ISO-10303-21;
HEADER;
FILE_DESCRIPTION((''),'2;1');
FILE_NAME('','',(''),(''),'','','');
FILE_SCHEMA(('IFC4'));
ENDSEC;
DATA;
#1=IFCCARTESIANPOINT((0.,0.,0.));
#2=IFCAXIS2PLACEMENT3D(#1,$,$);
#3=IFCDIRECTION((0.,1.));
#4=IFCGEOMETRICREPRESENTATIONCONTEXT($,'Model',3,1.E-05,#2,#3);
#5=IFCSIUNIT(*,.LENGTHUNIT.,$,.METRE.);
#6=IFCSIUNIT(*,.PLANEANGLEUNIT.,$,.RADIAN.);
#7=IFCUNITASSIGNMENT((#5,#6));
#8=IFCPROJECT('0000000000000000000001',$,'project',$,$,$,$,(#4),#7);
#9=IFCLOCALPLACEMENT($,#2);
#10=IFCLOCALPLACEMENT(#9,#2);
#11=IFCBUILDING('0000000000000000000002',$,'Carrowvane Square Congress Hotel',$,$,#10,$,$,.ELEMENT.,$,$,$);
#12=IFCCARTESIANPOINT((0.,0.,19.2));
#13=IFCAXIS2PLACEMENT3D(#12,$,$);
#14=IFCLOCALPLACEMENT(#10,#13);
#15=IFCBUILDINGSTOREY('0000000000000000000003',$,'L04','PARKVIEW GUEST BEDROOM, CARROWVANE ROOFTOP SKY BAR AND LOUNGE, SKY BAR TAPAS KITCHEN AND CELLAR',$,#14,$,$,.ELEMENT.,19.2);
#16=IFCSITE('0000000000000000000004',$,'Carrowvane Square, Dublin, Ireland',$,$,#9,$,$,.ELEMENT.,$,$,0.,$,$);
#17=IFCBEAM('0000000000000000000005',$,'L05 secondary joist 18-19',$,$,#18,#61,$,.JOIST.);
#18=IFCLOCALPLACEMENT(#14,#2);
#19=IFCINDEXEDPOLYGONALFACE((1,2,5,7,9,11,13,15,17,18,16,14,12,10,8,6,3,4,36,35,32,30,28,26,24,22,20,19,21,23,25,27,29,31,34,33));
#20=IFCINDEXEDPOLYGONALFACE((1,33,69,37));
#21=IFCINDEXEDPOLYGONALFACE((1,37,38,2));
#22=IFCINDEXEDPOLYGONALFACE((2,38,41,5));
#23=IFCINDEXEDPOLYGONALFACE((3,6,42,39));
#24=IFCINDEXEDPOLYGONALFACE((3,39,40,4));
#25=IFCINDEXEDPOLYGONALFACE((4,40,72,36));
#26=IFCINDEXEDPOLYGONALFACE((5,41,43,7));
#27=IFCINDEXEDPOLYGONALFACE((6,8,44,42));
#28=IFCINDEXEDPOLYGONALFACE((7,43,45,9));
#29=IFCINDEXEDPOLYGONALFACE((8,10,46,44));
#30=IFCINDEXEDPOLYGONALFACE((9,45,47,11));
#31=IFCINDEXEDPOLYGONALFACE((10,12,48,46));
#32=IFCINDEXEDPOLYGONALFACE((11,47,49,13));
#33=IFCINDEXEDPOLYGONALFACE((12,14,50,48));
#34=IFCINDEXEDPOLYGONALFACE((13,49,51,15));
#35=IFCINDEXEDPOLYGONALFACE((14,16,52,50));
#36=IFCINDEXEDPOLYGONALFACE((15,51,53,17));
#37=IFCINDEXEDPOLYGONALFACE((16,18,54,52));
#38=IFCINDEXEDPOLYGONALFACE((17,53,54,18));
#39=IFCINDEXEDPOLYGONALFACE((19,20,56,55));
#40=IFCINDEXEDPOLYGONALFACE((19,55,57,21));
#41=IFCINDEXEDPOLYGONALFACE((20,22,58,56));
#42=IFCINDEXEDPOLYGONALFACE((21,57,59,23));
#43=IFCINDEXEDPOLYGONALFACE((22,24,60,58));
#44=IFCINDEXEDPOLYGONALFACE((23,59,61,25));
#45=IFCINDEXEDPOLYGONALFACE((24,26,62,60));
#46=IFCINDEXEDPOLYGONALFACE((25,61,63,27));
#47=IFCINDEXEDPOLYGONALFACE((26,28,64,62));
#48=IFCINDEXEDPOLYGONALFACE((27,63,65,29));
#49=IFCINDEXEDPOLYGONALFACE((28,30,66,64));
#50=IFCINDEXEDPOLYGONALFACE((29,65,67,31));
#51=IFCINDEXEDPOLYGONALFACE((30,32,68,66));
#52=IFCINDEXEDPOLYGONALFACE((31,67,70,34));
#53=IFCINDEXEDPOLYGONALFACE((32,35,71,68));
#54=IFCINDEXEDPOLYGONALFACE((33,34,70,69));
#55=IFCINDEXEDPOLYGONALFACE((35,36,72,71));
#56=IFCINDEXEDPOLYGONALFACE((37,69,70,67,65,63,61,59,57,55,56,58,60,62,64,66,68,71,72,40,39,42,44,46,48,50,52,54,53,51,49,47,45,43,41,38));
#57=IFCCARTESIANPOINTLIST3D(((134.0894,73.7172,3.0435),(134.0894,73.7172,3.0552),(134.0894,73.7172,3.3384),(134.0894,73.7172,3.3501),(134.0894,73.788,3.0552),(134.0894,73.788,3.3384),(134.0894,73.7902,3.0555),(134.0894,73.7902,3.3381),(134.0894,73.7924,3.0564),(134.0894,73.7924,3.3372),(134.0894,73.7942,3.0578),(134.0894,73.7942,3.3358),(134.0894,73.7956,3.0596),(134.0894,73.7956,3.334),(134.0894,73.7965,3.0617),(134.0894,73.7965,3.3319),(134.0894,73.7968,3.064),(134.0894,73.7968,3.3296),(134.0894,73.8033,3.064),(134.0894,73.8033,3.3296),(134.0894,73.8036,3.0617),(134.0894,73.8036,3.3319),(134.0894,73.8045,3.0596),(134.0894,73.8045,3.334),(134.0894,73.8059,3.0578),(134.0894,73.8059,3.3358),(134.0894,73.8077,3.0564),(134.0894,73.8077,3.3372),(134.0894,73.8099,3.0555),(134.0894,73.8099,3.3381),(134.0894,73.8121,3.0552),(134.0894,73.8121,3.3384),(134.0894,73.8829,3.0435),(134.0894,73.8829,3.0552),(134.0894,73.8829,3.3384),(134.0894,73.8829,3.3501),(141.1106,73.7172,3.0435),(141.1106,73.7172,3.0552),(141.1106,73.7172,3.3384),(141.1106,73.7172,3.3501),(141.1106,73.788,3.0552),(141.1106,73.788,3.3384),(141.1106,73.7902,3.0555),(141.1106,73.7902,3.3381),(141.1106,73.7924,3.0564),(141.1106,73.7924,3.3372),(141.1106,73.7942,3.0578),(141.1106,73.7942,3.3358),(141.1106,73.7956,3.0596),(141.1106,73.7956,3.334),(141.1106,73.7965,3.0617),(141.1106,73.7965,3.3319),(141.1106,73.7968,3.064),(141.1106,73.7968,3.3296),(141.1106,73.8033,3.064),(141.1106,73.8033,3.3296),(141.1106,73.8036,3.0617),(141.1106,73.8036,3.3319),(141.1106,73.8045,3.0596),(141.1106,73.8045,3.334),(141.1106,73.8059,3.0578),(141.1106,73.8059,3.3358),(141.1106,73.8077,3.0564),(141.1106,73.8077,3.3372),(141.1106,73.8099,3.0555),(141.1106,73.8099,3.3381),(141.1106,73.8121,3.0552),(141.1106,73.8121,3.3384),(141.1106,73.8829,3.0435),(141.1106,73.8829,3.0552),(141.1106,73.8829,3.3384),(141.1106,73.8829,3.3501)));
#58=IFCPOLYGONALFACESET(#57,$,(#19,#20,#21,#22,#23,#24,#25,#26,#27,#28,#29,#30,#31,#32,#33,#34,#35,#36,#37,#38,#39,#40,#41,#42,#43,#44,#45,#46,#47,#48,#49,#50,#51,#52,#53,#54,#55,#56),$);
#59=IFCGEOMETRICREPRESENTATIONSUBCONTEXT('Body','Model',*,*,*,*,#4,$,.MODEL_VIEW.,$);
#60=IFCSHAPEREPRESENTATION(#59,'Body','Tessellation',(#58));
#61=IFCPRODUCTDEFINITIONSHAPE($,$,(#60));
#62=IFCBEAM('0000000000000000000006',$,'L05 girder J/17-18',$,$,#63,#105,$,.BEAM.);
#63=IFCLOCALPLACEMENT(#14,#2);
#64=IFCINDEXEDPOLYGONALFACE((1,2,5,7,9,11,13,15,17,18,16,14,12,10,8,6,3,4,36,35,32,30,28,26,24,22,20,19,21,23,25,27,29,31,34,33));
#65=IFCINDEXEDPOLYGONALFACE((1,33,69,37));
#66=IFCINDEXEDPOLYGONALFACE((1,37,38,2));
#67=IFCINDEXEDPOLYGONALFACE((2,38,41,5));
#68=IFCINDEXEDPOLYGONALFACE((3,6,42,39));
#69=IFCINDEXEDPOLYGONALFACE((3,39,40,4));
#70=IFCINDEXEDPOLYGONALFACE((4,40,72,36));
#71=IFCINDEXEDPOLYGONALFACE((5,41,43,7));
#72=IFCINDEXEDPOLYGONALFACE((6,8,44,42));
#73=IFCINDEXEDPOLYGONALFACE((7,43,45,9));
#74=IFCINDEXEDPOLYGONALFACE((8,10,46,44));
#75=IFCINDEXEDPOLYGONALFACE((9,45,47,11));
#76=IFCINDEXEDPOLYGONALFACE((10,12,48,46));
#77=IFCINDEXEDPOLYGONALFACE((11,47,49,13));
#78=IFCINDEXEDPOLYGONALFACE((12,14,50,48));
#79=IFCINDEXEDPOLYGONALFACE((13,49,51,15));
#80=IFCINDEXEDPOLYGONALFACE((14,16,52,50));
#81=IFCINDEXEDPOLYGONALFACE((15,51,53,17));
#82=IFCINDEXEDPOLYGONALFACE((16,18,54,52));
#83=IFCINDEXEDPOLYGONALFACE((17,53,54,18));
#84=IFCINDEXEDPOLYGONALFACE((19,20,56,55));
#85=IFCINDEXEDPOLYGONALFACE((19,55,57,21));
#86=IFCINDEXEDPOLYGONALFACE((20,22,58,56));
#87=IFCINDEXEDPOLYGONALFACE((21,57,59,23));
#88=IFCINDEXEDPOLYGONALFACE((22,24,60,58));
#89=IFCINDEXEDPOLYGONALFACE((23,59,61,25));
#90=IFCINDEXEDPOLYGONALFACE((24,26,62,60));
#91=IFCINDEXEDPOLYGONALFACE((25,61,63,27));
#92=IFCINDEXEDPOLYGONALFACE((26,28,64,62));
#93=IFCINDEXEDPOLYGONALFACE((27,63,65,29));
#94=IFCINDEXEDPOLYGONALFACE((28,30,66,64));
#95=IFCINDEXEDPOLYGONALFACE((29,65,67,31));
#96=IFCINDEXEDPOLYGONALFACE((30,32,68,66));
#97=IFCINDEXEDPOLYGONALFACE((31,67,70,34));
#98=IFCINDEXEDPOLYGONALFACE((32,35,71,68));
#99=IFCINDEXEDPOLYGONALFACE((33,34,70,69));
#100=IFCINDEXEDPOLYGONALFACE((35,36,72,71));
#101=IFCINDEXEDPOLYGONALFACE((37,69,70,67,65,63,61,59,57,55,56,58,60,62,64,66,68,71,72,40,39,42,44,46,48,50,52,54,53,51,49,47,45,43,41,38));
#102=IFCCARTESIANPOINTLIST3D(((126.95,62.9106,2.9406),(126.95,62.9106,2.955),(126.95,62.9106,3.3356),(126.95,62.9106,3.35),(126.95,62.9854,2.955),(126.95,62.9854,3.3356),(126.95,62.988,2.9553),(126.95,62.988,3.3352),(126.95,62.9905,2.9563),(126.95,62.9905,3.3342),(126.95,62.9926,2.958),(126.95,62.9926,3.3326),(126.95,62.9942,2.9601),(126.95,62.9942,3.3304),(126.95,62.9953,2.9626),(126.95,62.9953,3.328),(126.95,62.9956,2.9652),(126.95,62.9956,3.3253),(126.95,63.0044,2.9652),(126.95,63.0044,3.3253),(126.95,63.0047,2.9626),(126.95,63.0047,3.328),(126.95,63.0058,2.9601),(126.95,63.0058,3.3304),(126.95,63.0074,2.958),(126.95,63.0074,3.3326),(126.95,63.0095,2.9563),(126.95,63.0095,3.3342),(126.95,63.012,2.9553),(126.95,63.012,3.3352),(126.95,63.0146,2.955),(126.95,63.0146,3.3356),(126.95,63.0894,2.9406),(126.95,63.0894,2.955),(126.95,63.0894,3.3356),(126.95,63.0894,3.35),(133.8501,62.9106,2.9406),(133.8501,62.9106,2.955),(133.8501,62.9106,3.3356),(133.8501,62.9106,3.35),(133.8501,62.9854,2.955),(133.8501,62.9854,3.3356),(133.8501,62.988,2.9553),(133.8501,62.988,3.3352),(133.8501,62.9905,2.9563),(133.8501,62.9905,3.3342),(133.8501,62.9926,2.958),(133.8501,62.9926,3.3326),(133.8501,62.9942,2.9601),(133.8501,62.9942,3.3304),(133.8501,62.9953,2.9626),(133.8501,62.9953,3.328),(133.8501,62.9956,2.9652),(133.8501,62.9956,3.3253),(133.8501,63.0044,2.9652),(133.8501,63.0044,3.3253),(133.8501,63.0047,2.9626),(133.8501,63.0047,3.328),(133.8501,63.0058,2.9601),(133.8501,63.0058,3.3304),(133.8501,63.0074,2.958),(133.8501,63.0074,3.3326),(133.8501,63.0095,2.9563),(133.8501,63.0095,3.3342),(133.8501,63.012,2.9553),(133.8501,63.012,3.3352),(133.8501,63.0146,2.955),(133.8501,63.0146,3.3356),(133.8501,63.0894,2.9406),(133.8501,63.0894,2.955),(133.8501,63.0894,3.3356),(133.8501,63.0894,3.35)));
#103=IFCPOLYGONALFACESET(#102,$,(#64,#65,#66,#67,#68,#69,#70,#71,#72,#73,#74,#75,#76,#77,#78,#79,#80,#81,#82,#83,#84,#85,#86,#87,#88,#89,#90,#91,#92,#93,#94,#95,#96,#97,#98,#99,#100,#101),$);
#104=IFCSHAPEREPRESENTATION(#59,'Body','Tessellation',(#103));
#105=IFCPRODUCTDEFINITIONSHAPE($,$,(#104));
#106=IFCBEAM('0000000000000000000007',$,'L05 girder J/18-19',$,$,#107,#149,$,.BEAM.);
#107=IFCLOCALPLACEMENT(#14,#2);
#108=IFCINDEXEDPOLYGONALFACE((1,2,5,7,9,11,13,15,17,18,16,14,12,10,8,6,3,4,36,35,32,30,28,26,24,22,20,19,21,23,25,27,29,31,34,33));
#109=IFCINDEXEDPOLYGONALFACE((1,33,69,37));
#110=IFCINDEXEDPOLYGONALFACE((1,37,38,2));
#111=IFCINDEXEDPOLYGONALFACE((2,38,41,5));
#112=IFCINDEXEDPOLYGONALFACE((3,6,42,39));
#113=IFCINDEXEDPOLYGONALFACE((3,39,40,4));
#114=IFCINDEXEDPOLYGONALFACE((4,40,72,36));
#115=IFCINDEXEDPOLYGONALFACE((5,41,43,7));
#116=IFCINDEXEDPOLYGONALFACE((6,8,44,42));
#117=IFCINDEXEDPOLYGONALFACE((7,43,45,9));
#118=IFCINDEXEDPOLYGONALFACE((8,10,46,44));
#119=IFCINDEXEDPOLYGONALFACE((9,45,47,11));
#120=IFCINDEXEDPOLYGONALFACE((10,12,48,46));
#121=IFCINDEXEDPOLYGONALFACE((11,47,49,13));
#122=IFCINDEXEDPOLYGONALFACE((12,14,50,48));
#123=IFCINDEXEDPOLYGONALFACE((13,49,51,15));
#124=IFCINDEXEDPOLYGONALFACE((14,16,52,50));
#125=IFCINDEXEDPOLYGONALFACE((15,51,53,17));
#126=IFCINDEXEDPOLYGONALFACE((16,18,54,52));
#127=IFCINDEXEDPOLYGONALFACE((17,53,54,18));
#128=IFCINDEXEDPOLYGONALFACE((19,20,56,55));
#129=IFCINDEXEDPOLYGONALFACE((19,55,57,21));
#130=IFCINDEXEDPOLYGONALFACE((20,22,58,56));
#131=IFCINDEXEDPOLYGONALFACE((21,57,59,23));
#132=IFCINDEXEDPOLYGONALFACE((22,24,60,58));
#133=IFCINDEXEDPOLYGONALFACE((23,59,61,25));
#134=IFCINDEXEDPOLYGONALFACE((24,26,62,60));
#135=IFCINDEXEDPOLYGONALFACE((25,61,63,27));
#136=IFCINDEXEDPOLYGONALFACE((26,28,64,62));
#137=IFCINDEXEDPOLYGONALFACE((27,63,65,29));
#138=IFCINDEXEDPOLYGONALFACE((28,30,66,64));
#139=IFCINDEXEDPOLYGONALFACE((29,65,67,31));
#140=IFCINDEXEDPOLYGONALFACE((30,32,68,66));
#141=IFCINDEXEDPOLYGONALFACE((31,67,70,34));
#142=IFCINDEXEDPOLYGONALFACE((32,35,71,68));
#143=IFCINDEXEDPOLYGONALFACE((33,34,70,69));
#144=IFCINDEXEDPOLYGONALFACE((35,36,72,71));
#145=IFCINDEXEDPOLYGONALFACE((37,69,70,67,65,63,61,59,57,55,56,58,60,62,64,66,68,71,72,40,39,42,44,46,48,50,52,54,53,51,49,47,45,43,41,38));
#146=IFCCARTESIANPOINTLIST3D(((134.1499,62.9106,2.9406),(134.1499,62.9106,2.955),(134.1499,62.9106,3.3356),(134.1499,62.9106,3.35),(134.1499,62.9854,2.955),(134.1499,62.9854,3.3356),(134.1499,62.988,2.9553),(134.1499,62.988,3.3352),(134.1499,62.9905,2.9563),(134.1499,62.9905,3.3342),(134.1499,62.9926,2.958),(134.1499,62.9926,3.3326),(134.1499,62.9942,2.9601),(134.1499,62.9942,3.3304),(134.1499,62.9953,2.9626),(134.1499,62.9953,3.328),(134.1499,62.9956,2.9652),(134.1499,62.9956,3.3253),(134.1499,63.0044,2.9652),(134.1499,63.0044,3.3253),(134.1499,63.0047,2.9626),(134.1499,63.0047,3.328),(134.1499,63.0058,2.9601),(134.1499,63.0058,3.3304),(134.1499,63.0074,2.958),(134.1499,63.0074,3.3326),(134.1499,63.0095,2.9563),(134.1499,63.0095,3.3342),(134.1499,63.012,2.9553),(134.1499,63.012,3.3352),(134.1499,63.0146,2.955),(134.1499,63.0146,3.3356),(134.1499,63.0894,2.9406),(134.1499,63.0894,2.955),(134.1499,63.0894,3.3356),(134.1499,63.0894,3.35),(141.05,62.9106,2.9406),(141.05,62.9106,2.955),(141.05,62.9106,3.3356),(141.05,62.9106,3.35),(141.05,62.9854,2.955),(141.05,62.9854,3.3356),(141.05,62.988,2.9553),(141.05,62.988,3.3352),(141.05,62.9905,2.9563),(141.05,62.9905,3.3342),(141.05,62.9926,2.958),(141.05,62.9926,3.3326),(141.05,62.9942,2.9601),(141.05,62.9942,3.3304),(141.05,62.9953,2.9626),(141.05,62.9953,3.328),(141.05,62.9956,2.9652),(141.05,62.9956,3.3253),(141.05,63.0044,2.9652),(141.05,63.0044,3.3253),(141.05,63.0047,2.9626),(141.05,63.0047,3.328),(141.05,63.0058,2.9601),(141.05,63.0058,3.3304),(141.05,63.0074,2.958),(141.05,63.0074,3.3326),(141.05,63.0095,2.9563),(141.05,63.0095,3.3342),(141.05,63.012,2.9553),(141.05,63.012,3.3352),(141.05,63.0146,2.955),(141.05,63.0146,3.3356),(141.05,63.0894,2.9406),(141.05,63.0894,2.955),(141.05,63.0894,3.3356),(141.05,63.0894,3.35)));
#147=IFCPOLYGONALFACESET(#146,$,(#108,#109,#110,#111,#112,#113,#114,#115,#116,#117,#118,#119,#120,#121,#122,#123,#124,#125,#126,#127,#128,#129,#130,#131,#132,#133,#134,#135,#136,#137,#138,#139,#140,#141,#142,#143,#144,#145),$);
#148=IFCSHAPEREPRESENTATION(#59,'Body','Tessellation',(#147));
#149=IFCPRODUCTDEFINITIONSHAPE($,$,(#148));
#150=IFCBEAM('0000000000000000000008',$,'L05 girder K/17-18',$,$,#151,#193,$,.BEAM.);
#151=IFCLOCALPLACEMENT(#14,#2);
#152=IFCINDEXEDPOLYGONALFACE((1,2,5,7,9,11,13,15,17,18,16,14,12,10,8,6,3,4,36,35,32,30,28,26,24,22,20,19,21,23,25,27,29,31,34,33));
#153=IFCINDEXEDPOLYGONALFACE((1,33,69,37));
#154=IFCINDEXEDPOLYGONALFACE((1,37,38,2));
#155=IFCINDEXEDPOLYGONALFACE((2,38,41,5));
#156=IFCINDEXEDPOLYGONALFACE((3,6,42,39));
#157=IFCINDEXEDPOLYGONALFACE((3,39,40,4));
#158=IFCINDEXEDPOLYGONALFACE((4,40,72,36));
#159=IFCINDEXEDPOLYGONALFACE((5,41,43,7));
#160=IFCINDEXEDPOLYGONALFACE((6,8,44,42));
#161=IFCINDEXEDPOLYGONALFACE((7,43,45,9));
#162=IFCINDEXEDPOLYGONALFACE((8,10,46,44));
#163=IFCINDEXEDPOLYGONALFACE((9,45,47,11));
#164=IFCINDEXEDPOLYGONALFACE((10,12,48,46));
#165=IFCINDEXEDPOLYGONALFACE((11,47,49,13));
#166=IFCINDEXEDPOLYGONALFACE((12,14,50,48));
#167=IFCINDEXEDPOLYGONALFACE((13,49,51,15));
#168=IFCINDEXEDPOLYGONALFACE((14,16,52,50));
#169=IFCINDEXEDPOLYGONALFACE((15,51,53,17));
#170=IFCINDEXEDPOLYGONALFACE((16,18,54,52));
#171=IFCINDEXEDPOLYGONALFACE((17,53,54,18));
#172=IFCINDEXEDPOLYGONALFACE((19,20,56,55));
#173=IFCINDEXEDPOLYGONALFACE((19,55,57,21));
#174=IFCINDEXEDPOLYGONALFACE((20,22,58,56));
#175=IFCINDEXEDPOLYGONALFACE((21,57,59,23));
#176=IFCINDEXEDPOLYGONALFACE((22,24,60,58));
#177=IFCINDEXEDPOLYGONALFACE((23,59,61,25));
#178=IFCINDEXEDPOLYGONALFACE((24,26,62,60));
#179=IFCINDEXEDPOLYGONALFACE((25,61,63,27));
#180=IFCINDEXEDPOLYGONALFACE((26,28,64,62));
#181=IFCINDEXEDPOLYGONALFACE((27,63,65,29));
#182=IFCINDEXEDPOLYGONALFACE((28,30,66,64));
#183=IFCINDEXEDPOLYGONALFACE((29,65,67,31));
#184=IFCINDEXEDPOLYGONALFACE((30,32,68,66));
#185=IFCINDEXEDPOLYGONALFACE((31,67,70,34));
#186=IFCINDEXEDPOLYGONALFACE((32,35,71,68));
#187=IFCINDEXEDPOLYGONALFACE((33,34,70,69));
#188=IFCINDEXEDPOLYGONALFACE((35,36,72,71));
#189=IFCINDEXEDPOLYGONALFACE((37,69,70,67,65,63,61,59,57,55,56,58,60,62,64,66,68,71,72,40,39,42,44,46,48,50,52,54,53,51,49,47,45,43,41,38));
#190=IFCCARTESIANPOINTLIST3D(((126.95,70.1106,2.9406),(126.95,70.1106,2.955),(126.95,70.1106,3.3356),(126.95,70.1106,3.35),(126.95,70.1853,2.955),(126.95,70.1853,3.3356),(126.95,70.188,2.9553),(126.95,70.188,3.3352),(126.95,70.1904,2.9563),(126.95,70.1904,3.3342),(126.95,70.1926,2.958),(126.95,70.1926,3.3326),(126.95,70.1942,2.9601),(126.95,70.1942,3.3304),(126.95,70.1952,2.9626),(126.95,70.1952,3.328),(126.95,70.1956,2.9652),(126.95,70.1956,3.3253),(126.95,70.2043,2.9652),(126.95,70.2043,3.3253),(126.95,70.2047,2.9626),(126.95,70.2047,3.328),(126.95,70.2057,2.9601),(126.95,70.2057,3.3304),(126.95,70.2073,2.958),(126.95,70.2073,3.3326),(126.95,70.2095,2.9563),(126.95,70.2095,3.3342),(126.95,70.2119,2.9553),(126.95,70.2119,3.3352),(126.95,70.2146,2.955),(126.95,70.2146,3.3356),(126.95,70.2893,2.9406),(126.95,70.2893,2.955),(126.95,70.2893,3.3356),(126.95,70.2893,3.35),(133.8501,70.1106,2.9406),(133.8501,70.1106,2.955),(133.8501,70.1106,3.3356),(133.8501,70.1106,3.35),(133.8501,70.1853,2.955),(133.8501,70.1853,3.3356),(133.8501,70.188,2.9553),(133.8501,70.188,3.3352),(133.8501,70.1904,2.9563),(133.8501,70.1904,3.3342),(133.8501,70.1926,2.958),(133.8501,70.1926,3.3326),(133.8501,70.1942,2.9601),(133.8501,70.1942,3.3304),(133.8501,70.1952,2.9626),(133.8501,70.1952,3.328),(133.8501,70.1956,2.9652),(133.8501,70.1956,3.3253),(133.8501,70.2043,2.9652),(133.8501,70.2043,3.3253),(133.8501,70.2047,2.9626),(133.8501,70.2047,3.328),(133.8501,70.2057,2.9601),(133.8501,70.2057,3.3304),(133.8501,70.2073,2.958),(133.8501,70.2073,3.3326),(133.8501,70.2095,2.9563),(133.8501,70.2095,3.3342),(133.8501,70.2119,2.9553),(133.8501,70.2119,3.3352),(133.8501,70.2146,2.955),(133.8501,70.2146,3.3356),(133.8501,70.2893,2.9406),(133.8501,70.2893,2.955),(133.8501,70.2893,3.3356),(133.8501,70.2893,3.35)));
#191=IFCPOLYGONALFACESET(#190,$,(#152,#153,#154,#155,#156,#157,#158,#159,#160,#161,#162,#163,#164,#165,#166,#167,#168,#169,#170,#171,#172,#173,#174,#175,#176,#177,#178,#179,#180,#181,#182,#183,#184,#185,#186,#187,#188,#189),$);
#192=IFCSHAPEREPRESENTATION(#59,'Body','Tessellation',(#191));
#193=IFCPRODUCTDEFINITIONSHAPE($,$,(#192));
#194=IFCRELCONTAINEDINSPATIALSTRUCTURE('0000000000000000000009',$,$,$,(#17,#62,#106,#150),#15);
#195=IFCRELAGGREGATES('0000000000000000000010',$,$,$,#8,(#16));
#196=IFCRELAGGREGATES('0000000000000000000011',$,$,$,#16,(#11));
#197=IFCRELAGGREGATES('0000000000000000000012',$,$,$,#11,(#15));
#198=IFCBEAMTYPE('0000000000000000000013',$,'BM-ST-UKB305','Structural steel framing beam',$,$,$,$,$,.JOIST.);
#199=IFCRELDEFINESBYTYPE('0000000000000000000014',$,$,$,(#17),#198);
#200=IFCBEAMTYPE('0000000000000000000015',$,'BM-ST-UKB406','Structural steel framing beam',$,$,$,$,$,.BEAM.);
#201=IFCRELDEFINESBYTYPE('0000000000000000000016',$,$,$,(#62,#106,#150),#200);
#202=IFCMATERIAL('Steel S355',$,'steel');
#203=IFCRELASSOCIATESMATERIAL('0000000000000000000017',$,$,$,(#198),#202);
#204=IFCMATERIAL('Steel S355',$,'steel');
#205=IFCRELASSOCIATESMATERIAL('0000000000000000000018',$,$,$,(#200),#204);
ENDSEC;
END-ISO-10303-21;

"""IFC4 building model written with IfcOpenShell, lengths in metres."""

from ifc_helpers import new_model, si_unit, direction, frame, origin, origin_2d, place, context, subcontext, project, spatial, i_section, extrude, material, material_profile, profile_set, type_object, element, save


model = new_model("IFC4")

# Units and contexts
model_context = context("Model", 3, precision=1e-05, world=origin(), true_north=direction((0.0, 1.0)))
body_context = subcontext(model_context, "Body", "Model", "MODEL_VIEW")
ifc_project = project(units=[si_unit("LENGTHUNIT", "METRE"), si_unit("PLANEANGLEUNIT", "RADIAN")], contexts=[model_context])

# Site, building, storey
site_placement = place(None, origin())
site = spatial("IfcSite", under=ifc_project, at=site_placement, Name="Carrowvane Square, Dublin, Ireland", CompositionType="ELEMENT", RefElevation=0.0)
building_placement = place(site_placement, origin())
building = spatial("IfcBuilding", under=site, at=building_placement, Name="Carrowvane Square Congress Hotel", CompositionType="ELEMENT")
storey_placement = place(building_placement, frame((0.0, 0.0, 19.2)))
storey = spatial("IfcBuildingStorey", under=building, at=storey_placement, Name="L04", Description="PARKVIEW GUEST BEDROOM, CARROWVANE ROOFTOP SKY BAR AND LOUNGE, SKY BAR TAPAS KITCHEN AND CELLAR", CompositionType="ELEMENT", Elevation=19.2)

# Beams
ifc_material_1 = material(Name="Steel S355", Category="steel")
ifc_material_profile_1 = material_profile(ifc_material_1, i_section(OverallWidth=0.1658, OverallDepth=0.3066, WebThickness=0.0066, FlangeThickness=0.0117, FilletRadius=0.0088, at=origin_2d()), Name="UKB 305x165x46")
ifc_profile_set_1 = profile_set([ifc_material_profile_1], Name="Steel S355")
beam_type_1 = type_object("IfcBeamType", Name="BM-ST-UKB305", Description="Structural steel framing beam", PredefinedType="JOIST", material=ifc_profile_set_1)
beam_1_placement = place(storey_placement, frame((134.0894, 73.8, 3.1968), z_axis=(1.0, 0.0, 0.0), x_axis=(0.0, 1.0, 0.0)))
element("IfcBeam", 1, at=beam_1_placement, inside=storey, type_object=beam_type_1, Name="L05 secondary joist 18-19", PredefinedType="JOIST", context=body_context, shape_type="SweptSolid", body=[
    extrude(i_section(OverallWidth=0.1658, OverallDepth=0.3066, WebThickness=0.0066, FlangeThickness=0.0117, FilletRadius=0.0088, at=origin_2d()), origin(), (0.0, 0.0, 1.0), 7.0212),
])
ifc_material_2 = material(Name="Steel S355", Category="steel")
ifc_material_profile_2 = material_profile(ifc_material_2, i_section(OverallWidth=0.1787, OverallDepth=0.4094, WebThickness=0.0088, FlangeThickness=0.0144, FilletRadius=0.0103, at=origin_2d()), Name="UKB 406x178x67")
ifc_profile_set_2 = profile_set([ifc_material_profile_2], Name="Steel S355")
beam_type_2 = type_object("IfcBeamType", Name="BM-ST-UKB406", Description="Structural steel framing beam", PredefinedType="BEAM", material=ifc_profile_set_2)
for number, where, z_axis, x_axis, name in (
    (2, (126.95, 63.0, 3.1453), (1.0, 0.0, 0.0), (0.0, 1.0, 0.0), "L05 girder J/17-18"),
    (3, (134.1499, 63.0, 3.1453), (1.0, 0.0, 0.0), (0.0, 1.0, 0.0), "L05 girder J/18-19"),
    (4, (126.95, 70.2, 3.1453), (1.0, 0.0, 0.0), (0.0, 1.0, 0.0), "L05 girder K/17-18"),
):
    element("IfcBeam", number, at=place(storey_placement, frame(where, z_axis=z_axis, x_axis=x_axis)), inside=storey, type_object=beam_type_2, Name=name, PredefinedType="BEAM", context=body_context, shape_type="SweptSolid", body=[
        extrude(i_section(OverallWidth=0.1787, OverallDepth=0.4094, WebThickness=0.0088, FlangeThickness=0.0144, FilletRadius=0.0103, at=origin_2d()), origin(), (0.0, 0.0, 1.0), 6.9001),
    ])

save(model, "model.ifc")
